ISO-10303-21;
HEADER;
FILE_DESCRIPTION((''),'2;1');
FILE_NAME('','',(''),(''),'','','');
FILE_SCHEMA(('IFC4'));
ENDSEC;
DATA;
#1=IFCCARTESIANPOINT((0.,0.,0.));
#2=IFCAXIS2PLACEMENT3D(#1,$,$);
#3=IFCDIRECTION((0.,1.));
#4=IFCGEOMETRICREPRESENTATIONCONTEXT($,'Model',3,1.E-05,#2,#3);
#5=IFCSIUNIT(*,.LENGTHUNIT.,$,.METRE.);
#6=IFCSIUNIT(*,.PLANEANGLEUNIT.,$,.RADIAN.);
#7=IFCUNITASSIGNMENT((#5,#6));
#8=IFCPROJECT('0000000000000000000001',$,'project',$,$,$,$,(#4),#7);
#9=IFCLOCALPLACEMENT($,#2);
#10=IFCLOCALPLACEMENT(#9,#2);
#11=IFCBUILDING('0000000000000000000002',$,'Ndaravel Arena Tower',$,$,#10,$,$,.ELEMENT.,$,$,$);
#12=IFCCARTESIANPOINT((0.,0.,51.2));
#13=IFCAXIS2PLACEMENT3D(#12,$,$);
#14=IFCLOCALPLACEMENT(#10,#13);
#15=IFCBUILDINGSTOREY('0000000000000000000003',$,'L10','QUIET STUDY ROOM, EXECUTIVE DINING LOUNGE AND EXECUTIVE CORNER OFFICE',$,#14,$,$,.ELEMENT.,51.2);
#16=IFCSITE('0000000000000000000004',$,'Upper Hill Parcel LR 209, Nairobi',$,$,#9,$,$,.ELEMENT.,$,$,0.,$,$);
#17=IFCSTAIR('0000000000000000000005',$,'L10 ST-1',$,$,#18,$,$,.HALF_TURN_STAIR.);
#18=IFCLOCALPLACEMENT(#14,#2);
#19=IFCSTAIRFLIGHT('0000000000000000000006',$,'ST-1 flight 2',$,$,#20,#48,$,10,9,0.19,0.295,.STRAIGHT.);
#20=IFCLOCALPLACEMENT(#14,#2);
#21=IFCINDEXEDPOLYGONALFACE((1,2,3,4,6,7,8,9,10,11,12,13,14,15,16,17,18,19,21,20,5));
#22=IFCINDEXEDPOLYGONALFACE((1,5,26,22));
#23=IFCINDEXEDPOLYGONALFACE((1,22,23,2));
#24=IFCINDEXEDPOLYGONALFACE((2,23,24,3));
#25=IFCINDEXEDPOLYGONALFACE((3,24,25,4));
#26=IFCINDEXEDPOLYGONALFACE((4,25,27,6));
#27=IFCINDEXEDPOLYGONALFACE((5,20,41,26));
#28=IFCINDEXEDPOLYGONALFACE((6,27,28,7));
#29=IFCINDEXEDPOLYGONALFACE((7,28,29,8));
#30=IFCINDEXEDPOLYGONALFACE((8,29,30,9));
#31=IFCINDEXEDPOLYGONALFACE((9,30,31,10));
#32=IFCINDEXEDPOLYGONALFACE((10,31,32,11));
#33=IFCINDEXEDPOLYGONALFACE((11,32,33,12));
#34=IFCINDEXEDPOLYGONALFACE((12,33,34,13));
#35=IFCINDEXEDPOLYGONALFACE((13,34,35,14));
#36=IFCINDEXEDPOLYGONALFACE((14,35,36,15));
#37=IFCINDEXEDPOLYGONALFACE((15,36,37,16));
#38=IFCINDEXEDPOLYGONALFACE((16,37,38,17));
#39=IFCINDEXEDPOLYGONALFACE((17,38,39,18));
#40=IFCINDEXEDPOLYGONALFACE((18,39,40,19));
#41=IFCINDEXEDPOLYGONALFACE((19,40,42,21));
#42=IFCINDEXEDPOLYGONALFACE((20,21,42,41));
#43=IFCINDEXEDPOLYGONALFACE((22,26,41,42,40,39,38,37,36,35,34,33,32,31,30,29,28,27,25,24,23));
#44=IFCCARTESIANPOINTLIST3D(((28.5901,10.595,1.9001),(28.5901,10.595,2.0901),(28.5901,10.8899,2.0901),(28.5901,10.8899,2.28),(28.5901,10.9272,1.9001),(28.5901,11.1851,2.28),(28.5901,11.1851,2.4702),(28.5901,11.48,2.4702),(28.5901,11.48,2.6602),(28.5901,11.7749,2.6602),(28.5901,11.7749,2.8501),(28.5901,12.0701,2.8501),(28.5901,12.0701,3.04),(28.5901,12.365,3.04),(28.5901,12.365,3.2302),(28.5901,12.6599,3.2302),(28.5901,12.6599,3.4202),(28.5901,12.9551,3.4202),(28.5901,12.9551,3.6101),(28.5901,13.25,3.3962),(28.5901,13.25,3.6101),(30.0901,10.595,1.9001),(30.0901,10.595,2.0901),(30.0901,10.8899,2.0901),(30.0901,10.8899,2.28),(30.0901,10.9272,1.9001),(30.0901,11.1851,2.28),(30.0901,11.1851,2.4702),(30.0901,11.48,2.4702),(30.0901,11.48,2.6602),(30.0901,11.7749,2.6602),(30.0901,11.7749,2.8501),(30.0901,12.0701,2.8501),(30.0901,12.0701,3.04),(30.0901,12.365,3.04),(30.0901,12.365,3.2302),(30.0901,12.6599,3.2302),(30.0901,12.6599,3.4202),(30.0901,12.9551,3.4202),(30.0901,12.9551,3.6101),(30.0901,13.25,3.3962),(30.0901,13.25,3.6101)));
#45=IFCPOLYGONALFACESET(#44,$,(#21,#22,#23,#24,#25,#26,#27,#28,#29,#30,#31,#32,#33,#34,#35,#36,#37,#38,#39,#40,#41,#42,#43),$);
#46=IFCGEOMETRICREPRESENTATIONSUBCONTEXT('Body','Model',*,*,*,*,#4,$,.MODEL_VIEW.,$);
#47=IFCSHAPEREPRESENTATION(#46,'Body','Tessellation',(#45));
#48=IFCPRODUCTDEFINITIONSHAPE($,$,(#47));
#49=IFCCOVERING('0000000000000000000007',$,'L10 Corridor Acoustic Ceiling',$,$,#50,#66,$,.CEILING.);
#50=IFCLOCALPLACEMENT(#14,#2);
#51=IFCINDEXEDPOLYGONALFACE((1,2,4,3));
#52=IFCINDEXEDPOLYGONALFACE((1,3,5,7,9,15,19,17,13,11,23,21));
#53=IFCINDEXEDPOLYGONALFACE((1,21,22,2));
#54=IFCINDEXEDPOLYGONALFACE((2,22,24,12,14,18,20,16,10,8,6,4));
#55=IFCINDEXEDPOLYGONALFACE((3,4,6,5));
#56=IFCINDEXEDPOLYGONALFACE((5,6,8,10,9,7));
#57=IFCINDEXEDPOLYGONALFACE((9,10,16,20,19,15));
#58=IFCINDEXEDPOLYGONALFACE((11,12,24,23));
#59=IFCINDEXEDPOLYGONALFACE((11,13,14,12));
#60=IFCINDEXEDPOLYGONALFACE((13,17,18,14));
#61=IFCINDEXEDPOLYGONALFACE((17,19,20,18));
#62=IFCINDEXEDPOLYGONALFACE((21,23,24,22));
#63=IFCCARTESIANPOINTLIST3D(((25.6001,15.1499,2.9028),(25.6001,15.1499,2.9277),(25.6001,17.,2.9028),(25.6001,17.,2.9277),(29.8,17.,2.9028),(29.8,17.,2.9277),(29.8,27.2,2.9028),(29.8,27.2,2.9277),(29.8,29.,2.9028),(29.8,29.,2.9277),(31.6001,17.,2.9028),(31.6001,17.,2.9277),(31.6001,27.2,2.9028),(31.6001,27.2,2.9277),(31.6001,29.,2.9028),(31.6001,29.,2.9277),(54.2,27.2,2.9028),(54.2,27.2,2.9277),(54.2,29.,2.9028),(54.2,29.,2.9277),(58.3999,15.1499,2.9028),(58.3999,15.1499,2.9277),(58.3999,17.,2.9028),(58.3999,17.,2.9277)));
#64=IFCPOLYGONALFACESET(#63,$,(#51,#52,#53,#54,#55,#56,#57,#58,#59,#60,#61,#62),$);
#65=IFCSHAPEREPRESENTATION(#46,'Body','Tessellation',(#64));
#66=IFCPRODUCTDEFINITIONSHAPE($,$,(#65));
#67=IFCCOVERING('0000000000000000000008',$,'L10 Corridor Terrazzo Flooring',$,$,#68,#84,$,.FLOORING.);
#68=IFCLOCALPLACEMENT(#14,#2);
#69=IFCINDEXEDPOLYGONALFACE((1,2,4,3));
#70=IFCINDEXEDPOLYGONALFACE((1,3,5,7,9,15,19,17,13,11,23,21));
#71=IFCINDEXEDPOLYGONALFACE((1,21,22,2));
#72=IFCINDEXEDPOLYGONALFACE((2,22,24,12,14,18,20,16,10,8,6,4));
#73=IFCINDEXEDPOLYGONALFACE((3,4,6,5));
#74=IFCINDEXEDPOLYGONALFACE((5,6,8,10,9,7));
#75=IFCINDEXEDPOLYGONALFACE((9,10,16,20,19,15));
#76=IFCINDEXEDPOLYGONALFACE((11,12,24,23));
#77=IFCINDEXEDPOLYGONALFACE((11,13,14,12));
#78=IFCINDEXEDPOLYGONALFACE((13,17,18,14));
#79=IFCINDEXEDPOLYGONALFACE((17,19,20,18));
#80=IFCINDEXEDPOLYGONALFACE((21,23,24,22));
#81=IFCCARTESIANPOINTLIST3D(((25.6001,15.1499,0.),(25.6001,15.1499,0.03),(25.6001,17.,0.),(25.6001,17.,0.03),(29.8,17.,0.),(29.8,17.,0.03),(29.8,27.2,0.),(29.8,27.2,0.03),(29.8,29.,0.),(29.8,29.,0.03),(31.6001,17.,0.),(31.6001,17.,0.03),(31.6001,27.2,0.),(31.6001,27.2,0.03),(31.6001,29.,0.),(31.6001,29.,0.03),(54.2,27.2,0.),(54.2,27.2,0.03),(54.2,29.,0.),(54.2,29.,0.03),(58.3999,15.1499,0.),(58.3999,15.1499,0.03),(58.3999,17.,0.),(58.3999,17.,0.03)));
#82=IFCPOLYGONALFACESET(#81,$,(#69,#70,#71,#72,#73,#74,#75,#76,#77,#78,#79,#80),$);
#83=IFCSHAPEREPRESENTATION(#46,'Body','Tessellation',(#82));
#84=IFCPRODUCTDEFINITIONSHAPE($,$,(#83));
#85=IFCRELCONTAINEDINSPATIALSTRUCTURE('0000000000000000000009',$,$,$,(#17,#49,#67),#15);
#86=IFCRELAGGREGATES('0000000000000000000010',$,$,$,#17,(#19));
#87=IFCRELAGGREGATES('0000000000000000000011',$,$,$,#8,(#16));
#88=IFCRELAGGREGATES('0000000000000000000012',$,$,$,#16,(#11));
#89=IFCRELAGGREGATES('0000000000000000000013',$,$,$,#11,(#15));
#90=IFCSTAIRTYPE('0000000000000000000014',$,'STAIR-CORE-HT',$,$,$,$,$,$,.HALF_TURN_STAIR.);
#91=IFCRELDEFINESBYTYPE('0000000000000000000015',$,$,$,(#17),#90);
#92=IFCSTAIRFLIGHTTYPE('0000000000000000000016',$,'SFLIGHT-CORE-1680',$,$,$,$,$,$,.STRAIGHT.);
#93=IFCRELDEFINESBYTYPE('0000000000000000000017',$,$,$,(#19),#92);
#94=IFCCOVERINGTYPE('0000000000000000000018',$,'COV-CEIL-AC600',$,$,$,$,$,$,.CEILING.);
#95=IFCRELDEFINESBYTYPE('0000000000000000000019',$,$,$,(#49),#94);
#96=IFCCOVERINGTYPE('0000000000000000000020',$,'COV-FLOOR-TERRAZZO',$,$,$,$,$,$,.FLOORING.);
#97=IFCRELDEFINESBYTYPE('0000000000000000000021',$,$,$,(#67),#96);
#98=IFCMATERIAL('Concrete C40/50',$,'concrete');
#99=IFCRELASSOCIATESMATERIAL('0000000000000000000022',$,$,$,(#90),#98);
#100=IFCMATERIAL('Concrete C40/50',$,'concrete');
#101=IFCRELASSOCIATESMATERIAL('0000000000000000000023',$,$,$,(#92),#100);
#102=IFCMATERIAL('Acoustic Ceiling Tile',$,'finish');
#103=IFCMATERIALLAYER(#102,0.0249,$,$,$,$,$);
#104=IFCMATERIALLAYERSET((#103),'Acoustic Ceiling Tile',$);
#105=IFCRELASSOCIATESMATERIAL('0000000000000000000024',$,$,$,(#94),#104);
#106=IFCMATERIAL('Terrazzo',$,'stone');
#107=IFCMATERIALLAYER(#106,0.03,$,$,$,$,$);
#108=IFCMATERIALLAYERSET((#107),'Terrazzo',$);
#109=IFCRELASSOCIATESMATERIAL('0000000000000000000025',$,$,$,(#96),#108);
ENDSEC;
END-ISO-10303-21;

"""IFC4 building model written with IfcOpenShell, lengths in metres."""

from ifc_helpers import new_model, si_unit, direction, frame, origin, place, context, subcontext, project, spatial, polyline, outline, extrude, material, layer, layer_set, type_object, element, aggregate, save


model = new_model("IFC4")

# Units and contexts
model_context = context("Model", 3, precision=1e-05, world=origin(), true_north=direction((0.0, 1.0)))
body_context = subcontext(model_context, "Body", "Model", "MODEL_VIEW")
ifc_project = project(units=[si_unit("LENGTHUNIT", "METRE"), si_unit("PLANEANGLEUNIT", "RADIAN")], contexts=[model_context])

# Site, building, storey
site_placement = place(None, origin())
site = spatial("IfcSite", under=ifc_project, at=site_placement, Name="Upper Hill Parcel LR 209, Nairobi", CompositionType="ELEMENT", RefElevation=0.0)
building_placement = place(site_placement, origin())
building = spatial("IfcBuilding", under=site, at=building_placement, Name="Ndaravel Arena Tower", CompositionType="ELEMENT")
storey_placement = place(building_placement, frame((0.0, 0.0, 51.2)))
storey = spatial("IfcBuildingStorey", under=building, at=storey_placement, Name="L10", Description="QUIET STUDY ROOM, EXECUTIVE DINING LOUNGE AND EXECUTIVE CORNER OFFICE", CompositionType="ELEMENT", Elevation=51.2)

# Stair
ifc_material_1 = material(Name="Concrete C40/50", Category="concrete")
stair_type = type_object("IfcStairType", Name="STAIR-CORE-HT", PredefinedType="HALF_TURN_STAIR", material=ifc_material_1)
stair_1_placement = place(storey_placement, origin())
stair_1 = element("IfcStair", 1, at=stair_1_placement, inside=storey, type_object=stair_type, Name="L10 ST-1", PredefinedType="HALF_TURN_STAIR")

# Stair flight
ifc_material_2 = material(Name="Concrete C40/50", Category="concrete")
stair_flight_type = type_object("IfcStairFlightType", Name="SFLIGHT-CORE-1680", PredefinedType="STRAIGHT", material=ifc_material_2)
stair_flight_1_placement = place(storey_placement, frame((29.3401, 10.595, 1.9001), z_axis=(0.0, 0.0, 1.0), x_axis=(0.0, 1.0, 0.0)))
stair_flight_1 = element("IfcStairFlight", 2, at=stair_flight_1_placement, type_object=stair_flight_type, Name="ST-1 flight 2", NumberOfRisers=10, NumberOfTreads=9, PredefinedType="STRAIGHT", RiserHeight=0.19, TreadLength=0.295, context=body_context, shape_type="SweptSolid", body=[
    extrude(outline(polyline([(0.0, 0.0), (0.0, 0.1899), (0.2949, 0.1899), (0.2949, 0.3799), (0.5901, 0.3799), (0.5901, 0.5701), (0.885, 0.5701), (0.885, 0.76), (1.1799, 0.76), (1.1799, 0.95), (1.4751, 0.95), (1.4751, 1.1399), (1.77, 1.1399), (1.77, 1.3301), (2.0649, 1.3301), (2.0649, 1.52), (2.3601, 1.52), (2.3601, 1.71), (2.655, 1.71), (2.655, 1.8999), (2.655, 1.4961), (0.3323, 0.0), (0.0, 0.0)])), frame((0.0, 0.75, 0.0), z_axis=(0.0, -1.0, 0.0), x_axis=(1.0, 0.0, 0.0)), (0.0, 0.0, 1.0), 1.5),
])
aggregate(stair_1, [stair_flight_1])

# Coverings
ifc_material_3 = material(Name="Acoustic Ceiling Tile", Category="finish")
ifc_layer_1 = layer(ifc_material_3, 0.0249)
ifc_layer_set_1 = layer_set([ifc_layer_1], Name="Acoustic Ceiling Tile")
covering_type_1 = type_object("IfcCoveringType", Name="COV-CEIL-AC600", PredefinedType="CEILING", material=ifc_layer_set_1)
covering_1_placement = place(storey_placement, frame((0.0, 0.0, 2.9028)))
element("IfcCovering", 3, at=covering_1_placement, inside=storey, type_object=covering_type_1, Name="L10 Corridor Acoustic Ceiling", PredefinedType="CEILING", context=body_context, shape_type="SweptSolid", body=[
    extrude(outline(polyline([(58.3999, 17.0), (31.6001, 17.0), (31.6001, 27.2), (54.2, 27.2), (54.2, 29.0), (31.6001, 29.0), (29.8, 29.0), (29.8, 27.2), (29.8, 17.0), (25.6001, 17.0), (25.6001, 15.1499), (58.3999, 15.1499), (58.3999, 17.0)])), origin(), (0.0, 0.0, 1.0), 0.0249),
])
ifc_material_4 = material(Name="Terrazzo", Category="stone")
ifc_layer_2 = layer(ifc_material_4, 0.03)
ifc_layer_set_2 = layer_set([ifc_layer_2], Name="Terrazzo")
covering_type_2 = type_object("IfcCoveringType", Name="COV-FLOOR-TERRAZZO", PredefinedType="FLOORING", material=ifc_layer_set_2)
covering_2_placement = place(storey_placement, origin())
element("IfcCovering", 4, at=covering_2_placement, inside=storey, type_object=covering_type_2, Name="L10 Corridor Terrazzo Flooring", PredefinedType="FLOORING", context=body_context, shape_type="SweptSolid", body=[
    extrude(outline(polyline([(58.3999, 17.0), (31.6001, 17.0), (31.6001, 27.2), (54.2, 27.2), (54.2, 29.0), (31.6001, 29.0), (29.8, 29.0), (29.8, 27.2), (29.8, 17.0), (25.6001, 17.0), (25.6001, 15.1499), (58.3999, 15.1499), (58.3999, 17.0)])), origin(), (0.0, 0.0, 1.0), 0.03),
])

save(model, "model.ifc")
